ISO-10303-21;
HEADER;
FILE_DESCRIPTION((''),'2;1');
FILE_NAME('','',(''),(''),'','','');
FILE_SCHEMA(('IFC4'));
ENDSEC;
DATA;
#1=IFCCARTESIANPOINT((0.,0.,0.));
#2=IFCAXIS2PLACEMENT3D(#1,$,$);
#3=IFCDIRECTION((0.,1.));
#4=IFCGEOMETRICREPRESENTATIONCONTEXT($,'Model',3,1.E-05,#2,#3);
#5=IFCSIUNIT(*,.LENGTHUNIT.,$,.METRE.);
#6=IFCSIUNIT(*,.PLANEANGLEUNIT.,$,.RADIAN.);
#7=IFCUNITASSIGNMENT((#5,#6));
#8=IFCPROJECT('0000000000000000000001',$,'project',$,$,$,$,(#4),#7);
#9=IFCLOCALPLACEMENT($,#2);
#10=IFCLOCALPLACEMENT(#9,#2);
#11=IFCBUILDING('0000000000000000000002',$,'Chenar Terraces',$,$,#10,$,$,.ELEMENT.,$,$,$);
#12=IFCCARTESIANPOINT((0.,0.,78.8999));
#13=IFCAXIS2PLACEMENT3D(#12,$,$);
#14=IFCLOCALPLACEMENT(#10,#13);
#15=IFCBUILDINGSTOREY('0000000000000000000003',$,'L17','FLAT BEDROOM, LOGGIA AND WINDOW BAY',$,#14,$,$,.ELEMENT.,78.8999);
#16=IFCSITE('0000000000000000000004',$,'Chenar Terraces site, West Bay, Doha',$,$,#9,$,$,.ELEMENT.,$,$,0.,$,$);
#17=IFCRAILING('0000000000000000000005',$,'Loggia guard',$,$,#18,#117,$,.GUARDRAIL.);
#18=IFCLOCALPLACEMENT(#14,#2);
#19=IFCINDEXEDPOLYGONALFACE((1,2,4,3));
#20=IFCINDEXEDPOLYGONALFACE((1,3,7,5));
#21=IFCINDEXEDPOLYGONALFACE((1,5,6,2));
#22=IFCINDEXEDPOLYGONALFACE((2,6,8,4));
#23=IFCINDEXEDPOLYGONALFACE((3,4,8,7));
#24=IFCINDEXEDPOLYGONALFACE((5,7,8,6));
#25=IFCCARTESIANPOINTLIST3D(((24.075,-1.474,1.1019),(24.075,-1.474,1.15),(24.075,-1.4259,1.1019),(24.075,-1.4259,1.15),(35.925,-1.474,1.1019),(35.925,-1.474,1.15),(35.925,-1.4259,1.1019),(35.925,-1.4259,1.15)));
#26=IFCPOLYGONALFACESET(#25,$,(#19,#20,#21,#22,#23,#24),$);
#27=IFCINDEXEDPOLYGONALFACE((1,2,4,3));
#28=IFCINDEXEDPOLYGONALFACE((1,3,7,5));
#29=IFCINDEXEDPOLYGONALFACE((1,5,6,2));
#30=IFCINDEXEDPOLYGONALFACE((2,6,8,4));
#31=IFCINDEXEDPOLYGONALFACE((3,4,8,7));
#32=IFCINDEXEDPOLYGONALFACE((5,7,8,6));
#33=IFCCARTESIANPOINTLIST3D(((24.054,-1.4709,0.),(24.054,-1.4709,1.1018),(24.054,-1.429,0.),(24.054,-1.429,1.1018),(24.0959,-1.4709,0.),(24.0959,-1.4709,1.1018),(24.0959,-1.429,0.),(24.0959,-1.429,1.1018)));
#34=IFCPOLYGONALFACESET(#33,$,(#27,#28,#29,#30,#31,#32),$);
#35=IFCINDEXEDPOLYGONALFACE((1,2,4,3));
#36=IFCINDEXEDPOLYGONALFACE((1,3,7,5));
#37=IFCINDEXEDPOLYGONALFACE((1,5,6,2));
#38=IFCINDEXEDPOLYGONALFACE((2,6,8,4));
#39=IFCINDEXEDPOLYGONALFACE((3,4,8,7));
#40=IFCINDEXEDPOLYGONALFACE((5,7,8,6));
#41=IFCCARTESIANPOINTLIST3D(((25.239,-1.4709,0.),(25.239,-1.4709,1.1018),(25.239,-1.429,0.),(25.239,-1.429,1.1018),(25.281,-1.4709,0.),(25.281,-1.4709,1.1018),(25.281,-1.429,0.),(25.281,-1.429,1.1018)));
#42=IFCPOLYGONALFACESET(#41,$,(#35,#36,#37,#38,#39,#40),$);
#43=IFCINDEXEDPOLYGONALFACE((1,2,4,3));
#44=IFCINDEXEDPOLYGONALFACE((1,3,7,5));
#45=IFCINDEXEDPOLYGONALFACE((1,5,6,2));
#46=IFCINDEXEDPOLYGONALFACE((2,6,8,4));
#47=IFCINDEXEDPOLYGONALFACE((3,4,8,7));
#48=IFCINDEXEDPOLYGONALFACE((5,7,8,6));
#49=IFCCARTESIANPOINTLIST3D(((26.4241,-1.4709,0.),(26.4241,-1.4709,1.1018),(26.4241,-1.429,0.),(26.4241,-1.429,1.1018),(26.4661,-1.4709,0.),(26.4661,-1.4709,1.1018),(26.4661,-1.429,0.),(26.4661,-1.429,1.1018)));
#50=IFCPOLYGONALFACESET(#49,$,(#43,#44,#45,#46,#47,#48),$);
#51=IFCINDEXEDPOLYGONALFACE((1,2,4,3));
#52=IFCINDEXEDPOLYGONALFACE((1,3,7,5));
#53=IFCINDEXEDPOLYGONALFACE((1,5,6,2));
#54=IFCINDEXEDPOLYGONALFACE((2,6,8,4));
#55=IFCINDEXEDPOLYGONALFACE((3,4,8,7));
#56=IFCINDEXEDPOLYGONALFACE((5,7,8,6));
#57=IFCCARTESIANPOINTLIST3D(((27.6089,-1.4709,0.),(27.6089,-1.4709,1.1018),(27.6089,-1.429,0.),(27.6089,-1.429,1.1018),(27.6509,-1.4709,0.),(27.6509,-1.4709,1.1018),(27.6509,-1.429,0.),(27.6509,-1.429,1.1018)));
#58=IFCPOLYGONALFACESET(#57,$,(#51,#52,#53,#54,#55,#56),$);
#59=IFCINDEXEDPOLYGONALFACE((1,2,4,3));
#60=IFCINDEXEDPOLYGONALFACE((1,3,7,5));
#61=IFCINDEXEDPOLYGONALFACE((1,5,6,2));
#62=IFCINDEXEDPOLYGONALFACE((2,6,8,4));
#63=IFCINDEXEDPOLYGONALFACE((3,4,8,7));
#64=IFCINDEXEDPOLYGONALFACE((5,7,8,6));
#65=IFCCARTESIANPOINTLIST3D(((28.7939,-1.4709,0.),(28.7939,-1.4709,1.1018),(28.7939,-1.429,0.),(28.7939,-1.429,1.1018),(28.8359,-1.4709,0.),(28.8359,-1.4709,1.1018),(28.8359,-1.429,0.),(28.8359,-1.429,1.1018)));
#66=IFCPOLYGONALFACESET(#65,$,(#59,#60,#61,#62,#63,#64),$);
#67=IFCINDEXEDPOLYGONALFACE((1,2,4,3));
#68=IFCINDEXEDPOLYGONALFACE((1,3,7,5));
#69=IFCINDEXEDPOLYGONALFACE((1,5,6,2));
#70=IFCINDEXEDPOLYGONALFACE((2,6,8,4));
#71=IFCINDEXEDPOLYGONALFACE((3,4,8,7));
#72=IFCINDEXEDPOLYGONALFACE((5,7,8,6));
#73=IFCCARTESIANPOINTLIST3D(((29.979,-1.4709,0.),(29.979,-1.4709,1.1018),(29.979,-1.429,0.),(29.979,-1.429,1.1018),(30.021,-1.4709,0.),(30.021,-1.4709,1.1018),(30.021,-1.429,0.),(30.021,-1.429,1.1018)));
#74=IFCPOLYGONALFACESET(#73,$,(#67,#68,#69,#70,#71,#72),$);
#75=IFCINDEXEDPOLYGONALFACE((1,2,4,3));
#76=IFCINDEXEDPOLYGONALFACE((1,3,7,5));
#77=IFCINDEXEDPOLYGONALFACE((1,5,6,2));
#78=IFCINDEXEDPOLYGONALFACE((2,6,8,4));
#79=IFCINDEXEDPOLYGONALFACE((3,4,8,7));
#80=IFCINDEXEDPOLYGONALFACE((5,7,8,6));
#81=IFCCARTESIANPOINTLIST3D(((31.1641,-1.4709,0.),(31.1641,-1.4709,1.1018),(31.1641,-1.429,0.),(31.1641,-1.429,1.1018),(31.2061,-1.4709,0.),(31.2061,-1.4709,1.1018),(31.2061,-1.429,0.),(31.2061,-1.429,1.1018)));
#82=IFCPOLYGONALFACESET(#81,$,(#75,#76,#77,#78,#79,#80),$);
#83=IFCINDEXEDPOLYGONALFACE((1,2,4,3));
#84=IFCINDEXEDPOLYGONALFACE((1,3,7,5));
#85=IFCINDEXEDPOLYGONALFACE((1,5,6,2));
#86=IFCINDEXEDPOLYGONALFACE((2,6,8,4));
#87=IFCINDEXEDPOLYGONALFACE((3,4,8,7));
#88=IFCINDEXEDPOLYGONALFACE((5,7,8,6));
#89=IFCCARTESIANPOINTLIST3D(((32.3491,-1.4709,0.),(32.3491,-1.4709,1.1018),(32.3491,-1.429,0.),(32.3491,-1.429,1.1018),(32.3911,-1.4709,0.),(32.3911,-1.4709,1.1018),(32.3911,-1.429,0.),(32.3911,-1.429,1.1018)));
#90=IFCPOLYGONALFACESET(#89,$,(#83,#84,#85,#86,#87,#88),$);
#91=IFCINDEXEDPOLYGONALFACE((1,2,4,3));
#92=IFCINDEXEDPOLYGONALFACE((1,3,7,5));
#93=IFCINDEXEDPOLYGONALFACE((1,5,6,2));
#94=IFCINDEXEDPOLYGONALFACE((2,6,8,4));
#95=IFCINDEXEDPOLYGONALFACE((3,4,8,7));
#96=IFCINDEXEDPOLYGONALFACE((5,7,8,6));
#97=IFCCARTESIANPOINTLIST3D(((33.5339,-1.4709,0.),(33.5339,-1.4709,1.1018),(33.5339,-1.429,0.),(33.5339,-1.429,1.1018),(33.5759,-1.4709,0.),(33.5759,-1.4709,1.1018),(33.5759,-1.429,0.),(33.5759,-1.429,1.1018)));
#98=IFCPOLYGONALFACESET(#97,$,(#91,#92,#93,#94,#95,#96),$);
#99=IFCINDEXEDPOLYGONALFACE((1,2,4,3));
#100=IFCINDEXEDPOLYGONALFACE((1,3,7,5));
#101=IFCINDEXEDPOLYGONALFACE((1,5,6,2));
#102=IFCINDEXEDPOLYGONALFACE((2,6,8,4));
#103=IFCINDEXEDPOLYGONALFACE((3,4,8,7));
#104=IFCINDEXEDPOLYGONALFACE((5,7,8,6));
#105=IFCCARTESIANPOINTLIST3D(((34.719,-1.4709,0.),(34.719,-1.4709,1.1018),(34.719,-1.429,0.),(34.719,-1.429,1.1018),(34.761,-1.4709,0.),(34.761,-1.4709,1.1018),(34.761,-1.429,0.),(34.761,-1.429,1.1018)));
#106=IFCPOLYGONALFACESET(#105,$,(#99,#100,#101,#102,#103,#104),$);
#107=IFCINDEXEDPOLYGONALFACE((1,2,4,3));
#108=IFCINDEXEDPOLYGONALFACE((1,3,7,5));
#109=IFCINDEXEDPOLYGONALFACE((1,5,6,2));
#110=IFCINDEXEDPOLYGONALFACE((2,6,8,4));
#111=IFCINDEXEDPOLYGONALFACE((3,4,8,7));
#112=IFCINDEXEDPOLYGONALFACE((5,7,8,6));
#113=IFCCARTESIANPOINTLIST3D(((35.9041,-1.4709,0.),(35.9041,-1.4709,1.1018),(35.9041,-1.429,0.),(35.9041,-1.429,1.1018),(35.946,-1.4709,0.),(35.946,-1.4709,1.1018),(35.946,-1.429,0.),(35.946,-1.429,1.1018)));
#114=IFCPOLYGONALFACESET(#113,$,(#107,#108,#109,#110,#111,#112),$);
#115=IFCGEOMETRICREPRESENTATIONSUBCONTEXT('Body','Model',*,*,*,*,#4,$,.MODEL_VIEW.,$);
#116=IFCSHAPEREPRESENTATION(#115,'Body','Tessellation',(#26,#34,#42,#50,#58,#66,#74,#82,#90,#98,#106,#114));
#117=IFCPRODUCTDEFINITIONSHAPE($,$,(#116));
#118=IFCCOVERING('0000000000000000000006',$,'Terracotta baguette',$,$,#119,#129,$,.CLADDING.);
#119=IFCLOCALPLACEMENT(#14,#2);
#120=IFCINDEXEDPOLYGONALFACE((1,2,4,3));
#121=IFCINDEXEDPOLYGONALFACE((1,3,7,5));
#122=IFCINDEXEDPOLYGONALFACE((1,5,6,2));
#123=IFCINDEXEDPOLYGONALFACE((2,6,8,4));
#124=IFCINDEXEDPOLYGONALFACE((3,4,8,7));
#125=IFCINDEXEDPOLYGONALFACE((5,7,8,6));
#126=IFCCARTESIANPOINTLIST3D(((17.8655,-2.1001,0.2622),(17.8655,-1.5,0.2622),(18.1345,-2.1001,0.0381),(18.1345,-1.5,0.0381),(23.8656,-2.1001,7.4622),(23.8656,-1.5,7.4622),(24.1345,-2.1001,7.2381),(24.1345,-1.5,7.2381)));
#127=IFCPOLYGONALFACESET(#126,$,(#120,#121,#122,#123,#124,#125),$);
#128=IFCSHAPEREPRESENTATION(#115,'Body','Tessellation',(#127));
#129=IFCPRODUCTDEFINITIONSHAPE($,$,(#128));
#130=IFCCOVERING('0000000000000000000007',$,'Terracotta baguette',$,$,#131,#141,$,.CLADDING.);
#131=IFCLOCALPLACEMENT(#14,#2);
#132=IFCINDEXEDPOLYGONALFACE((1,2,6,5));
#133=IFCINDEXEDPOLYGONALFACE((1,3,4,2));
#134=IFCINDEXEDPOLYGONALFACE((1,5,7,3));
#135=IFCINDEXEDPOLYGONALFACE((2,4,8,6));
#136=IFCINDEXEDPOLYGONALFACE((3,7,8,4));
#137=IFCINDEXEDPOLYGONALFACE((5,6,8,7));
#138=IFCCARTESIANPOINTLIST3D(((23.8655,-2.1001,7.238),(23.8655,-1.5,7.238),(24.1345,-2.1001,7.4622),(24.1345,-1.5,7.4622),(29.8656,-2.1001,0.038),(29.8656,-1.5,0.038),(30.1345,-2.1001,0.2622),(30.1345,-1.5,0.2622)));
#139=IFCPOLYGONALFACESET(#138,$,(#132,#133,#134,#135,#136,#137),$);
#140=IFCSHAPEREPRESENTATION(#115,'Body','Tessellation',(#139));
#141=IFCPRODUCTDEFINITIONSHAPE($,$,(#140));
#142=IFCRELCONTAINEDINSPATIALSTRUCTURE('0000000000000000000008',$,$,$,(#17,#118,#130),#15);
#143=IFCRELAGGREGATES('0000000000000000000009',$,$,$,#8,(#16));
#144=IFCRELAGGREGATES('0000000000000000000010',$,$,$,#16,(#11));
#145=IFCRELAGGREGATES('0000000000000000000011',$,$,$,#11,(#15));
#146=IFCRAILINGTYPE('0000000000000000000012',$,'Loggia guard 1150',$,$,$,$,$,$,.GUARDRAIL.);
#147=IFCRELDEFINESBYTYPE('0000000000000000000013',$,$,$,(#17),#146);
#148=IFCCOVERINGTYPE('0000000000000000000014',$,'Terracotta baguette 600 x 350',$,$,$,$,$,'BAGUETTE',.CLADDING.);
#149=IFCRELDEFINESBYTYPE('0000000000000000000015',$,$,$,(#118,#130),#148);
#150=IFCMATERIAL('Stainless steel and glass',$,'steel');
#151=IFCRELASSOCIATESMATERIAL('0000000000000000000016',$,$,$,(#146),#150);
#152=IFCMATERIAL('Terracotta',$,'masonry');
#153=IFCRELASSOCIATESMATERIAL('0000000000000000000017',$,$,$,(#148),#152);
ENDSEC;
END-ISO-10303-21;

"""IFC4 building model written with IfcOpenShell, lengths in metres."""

from ifc_helpers import new_model, si_unit, direction, frame, origin, origin_2d, place, context, subcontext, project, spatial, rectangle, extrude, material, material_profile, profile_set, type_object, element, save


model = new_model("IFC4")

# Units and contexts
model_context = context("Model", 3, precision=1e-05, world=origin(), true_north=direction((0.0, 1.0)))
body_context = subcontext(model_context, "Body", "Model", "MODEL_VIEW")
ifc_project = project(units=[si_unit("LENGTHUNIT", "METRE"), si_unit("PLANEANGLEUNIT", "RADIAN")], contexts=[model_context])

# Site, building, storey
site_placement = place(None, origin())
site = spatial("IfcSite", under=ifc_project, at=site_placement, Name="Chenar Terraces site, West Bay, Doha", CompositionType="ELEMENT", RefElevation=0.0)
building_placement = place(site_placement, origin())
building = spatial("IfcBuilding", under=site, at=building_placement, Name="Chenar Terraces", CompositionType="ELEMENT")
storey_placement = place(building_placement, frame((0.0, 0.0, 78.8999)))
storey = spatial("IfcBuildingStorey", under=building, at=storey_placement, Name="L17", Description="FLAT BEDROOM, LOGGIA AND WINDOW BAY", CompositionType="ELEMENT", Elevation=78.8999)

# Railing
ifc_material_1 = material(Name="Stainless steel and glass", Category="steel")
railing_type = type_object("IfcRailingType", Name="Loggia guard 1150", PredefinedType="GUARDRAIL", material=ifc_material_1)
railing_placement = place(storey_placement, frame((24.075, -1.45, 0.0)))
element("IfcRailing", 1, at=railing_placement, inside=storey, type_object=railing_type, Name="Loggia guard", PredefinedType="GUARDRAIL", context=body_context, shape_type="SweptSolid", body=[
    extrude(rectangle(XDim=0.0481, YDim=0.0481, at=origin_2d()), frame((0.0, 0.0, 1.126), z_axis=(1.0, 0.0, 0.0), x_axis=(0.0, 1.0, 0.0)), (0.0, 0.0, 1.0), 11.8501),
    extrude(rectangle(XDim=0.042, YDim=0.042, at=origin_2d()), origin(), (0.0, 0.0, 1.0), 1.1018),
    extrude(rectangle(XDim=0.042, YDim=0.042, at=origin_2d()), frame((1.1851, 0.0, 0.0)), (0.0, 0.0, 1.0), 1.1018),
    extrude(rectangle(XDim=0.042, YDim=0.042, at=origin_2d()), frame((2.3701, 0.0, 0.0)), (0.0, 0.0, 1.0), 1.1018),
    extrude(rectangle(XDim=0.042, YDim=0.042, at=origin_2d()), frame((3.5549, 0.0, 0.0)), (0.0, 0.0, 1.0), 1.1018),
    extrude(rectangle(XDim=0.042, YDim=0.042, at=origin_2d()), frame((4.74, 0.0, 0.0)), (0.0, 0.0, 1.0), 1.1018),
    extrude(rectangle(XDim=0.042, YDim=0.042, at=origin_2d()), frame((5.925, 0.0, 0.0)), (0.0, 0.0, 1.0), 1.1018),
    extrude(rectangle(XDim=0.042, YDim=0.042, at=origin_2d()), frame((7.1101, 0.0, 0.0)), (0.0, 0.0, 1.0), 1.1018),
    extrude(rectangle(XDim=0.042, YDim=0.042, at=origin_2d()), frame((8.2952, 0.0, 0.0)), (0.0, 0.0, 1.0), 1.1018),
    extrude(rectangle(XDim=0.042, YDim=0.042, at=origin_2d()), frame((9.48, 0.0, 0.0)), (0.0, 0.0, 1.0), 1.1018),
    extrude(rectangle(XDim=0.042, YDim=0.042, at=origin_2d()), frame((10.665, 0.0, 0.0)), (0.0, 0.0, 1.0), 1.1018),
    extrude(rectangle(XDim=0.042, YDim=0.042, at=origin_2d()), frame((11.8501, 0.0, 0.0)), (0.0, 0.0, 1.0), 1.1018),
])

# Coverings
ifc_material_2 = material(Name="Terracotta", Category="masonry")
ifc_material_profile_1 = material_profile(ifc_material_2, rectangle(XDim=0.6001, YDim=0.3501, at=origin_2d()), Name="Terracotta baguette 600 x 350")
ifc_profile_set_1 = profile_set([ifc_material_profile_1], Name="Terracotta")
covering_type = type_object("IfcCoveringType", Name="Terracotta baguette 600 x 350", ElementType="BAGUETTE", PredefinedType="CLADDING", material=ifc_profile_set_1)
for number, where, z_axis, x_axis, name in (
    (2, (18.0, -1.8, 0.1501), (0.640187, 0.0, 0.768219), (0.0, 1.0, 0.0), "Terracotta baguette"),
    (3, (24.0, -1.8, 7.3501), (0.640187, 0.0, -0.768219), (0.0, 1.0, 0.0), "Terracotta baguette"),
):
    element("IfcCovering", number, at=place(storey_placement, frame(where, z_axis=z_axis, x_axis=x_axis)), inside=storey, type_object=covering_type, Name=name, PredefinedType="CLADDING", context=body_context, shape_type="SweptSolid", body=[
        extrude(rectangle(XDim=0.6001, YDim=0.3501, at=origin_2d()), origin(), (0.0, 0.0, 1.0), 9.3723),
    ])

save(model, "model.ifc")
